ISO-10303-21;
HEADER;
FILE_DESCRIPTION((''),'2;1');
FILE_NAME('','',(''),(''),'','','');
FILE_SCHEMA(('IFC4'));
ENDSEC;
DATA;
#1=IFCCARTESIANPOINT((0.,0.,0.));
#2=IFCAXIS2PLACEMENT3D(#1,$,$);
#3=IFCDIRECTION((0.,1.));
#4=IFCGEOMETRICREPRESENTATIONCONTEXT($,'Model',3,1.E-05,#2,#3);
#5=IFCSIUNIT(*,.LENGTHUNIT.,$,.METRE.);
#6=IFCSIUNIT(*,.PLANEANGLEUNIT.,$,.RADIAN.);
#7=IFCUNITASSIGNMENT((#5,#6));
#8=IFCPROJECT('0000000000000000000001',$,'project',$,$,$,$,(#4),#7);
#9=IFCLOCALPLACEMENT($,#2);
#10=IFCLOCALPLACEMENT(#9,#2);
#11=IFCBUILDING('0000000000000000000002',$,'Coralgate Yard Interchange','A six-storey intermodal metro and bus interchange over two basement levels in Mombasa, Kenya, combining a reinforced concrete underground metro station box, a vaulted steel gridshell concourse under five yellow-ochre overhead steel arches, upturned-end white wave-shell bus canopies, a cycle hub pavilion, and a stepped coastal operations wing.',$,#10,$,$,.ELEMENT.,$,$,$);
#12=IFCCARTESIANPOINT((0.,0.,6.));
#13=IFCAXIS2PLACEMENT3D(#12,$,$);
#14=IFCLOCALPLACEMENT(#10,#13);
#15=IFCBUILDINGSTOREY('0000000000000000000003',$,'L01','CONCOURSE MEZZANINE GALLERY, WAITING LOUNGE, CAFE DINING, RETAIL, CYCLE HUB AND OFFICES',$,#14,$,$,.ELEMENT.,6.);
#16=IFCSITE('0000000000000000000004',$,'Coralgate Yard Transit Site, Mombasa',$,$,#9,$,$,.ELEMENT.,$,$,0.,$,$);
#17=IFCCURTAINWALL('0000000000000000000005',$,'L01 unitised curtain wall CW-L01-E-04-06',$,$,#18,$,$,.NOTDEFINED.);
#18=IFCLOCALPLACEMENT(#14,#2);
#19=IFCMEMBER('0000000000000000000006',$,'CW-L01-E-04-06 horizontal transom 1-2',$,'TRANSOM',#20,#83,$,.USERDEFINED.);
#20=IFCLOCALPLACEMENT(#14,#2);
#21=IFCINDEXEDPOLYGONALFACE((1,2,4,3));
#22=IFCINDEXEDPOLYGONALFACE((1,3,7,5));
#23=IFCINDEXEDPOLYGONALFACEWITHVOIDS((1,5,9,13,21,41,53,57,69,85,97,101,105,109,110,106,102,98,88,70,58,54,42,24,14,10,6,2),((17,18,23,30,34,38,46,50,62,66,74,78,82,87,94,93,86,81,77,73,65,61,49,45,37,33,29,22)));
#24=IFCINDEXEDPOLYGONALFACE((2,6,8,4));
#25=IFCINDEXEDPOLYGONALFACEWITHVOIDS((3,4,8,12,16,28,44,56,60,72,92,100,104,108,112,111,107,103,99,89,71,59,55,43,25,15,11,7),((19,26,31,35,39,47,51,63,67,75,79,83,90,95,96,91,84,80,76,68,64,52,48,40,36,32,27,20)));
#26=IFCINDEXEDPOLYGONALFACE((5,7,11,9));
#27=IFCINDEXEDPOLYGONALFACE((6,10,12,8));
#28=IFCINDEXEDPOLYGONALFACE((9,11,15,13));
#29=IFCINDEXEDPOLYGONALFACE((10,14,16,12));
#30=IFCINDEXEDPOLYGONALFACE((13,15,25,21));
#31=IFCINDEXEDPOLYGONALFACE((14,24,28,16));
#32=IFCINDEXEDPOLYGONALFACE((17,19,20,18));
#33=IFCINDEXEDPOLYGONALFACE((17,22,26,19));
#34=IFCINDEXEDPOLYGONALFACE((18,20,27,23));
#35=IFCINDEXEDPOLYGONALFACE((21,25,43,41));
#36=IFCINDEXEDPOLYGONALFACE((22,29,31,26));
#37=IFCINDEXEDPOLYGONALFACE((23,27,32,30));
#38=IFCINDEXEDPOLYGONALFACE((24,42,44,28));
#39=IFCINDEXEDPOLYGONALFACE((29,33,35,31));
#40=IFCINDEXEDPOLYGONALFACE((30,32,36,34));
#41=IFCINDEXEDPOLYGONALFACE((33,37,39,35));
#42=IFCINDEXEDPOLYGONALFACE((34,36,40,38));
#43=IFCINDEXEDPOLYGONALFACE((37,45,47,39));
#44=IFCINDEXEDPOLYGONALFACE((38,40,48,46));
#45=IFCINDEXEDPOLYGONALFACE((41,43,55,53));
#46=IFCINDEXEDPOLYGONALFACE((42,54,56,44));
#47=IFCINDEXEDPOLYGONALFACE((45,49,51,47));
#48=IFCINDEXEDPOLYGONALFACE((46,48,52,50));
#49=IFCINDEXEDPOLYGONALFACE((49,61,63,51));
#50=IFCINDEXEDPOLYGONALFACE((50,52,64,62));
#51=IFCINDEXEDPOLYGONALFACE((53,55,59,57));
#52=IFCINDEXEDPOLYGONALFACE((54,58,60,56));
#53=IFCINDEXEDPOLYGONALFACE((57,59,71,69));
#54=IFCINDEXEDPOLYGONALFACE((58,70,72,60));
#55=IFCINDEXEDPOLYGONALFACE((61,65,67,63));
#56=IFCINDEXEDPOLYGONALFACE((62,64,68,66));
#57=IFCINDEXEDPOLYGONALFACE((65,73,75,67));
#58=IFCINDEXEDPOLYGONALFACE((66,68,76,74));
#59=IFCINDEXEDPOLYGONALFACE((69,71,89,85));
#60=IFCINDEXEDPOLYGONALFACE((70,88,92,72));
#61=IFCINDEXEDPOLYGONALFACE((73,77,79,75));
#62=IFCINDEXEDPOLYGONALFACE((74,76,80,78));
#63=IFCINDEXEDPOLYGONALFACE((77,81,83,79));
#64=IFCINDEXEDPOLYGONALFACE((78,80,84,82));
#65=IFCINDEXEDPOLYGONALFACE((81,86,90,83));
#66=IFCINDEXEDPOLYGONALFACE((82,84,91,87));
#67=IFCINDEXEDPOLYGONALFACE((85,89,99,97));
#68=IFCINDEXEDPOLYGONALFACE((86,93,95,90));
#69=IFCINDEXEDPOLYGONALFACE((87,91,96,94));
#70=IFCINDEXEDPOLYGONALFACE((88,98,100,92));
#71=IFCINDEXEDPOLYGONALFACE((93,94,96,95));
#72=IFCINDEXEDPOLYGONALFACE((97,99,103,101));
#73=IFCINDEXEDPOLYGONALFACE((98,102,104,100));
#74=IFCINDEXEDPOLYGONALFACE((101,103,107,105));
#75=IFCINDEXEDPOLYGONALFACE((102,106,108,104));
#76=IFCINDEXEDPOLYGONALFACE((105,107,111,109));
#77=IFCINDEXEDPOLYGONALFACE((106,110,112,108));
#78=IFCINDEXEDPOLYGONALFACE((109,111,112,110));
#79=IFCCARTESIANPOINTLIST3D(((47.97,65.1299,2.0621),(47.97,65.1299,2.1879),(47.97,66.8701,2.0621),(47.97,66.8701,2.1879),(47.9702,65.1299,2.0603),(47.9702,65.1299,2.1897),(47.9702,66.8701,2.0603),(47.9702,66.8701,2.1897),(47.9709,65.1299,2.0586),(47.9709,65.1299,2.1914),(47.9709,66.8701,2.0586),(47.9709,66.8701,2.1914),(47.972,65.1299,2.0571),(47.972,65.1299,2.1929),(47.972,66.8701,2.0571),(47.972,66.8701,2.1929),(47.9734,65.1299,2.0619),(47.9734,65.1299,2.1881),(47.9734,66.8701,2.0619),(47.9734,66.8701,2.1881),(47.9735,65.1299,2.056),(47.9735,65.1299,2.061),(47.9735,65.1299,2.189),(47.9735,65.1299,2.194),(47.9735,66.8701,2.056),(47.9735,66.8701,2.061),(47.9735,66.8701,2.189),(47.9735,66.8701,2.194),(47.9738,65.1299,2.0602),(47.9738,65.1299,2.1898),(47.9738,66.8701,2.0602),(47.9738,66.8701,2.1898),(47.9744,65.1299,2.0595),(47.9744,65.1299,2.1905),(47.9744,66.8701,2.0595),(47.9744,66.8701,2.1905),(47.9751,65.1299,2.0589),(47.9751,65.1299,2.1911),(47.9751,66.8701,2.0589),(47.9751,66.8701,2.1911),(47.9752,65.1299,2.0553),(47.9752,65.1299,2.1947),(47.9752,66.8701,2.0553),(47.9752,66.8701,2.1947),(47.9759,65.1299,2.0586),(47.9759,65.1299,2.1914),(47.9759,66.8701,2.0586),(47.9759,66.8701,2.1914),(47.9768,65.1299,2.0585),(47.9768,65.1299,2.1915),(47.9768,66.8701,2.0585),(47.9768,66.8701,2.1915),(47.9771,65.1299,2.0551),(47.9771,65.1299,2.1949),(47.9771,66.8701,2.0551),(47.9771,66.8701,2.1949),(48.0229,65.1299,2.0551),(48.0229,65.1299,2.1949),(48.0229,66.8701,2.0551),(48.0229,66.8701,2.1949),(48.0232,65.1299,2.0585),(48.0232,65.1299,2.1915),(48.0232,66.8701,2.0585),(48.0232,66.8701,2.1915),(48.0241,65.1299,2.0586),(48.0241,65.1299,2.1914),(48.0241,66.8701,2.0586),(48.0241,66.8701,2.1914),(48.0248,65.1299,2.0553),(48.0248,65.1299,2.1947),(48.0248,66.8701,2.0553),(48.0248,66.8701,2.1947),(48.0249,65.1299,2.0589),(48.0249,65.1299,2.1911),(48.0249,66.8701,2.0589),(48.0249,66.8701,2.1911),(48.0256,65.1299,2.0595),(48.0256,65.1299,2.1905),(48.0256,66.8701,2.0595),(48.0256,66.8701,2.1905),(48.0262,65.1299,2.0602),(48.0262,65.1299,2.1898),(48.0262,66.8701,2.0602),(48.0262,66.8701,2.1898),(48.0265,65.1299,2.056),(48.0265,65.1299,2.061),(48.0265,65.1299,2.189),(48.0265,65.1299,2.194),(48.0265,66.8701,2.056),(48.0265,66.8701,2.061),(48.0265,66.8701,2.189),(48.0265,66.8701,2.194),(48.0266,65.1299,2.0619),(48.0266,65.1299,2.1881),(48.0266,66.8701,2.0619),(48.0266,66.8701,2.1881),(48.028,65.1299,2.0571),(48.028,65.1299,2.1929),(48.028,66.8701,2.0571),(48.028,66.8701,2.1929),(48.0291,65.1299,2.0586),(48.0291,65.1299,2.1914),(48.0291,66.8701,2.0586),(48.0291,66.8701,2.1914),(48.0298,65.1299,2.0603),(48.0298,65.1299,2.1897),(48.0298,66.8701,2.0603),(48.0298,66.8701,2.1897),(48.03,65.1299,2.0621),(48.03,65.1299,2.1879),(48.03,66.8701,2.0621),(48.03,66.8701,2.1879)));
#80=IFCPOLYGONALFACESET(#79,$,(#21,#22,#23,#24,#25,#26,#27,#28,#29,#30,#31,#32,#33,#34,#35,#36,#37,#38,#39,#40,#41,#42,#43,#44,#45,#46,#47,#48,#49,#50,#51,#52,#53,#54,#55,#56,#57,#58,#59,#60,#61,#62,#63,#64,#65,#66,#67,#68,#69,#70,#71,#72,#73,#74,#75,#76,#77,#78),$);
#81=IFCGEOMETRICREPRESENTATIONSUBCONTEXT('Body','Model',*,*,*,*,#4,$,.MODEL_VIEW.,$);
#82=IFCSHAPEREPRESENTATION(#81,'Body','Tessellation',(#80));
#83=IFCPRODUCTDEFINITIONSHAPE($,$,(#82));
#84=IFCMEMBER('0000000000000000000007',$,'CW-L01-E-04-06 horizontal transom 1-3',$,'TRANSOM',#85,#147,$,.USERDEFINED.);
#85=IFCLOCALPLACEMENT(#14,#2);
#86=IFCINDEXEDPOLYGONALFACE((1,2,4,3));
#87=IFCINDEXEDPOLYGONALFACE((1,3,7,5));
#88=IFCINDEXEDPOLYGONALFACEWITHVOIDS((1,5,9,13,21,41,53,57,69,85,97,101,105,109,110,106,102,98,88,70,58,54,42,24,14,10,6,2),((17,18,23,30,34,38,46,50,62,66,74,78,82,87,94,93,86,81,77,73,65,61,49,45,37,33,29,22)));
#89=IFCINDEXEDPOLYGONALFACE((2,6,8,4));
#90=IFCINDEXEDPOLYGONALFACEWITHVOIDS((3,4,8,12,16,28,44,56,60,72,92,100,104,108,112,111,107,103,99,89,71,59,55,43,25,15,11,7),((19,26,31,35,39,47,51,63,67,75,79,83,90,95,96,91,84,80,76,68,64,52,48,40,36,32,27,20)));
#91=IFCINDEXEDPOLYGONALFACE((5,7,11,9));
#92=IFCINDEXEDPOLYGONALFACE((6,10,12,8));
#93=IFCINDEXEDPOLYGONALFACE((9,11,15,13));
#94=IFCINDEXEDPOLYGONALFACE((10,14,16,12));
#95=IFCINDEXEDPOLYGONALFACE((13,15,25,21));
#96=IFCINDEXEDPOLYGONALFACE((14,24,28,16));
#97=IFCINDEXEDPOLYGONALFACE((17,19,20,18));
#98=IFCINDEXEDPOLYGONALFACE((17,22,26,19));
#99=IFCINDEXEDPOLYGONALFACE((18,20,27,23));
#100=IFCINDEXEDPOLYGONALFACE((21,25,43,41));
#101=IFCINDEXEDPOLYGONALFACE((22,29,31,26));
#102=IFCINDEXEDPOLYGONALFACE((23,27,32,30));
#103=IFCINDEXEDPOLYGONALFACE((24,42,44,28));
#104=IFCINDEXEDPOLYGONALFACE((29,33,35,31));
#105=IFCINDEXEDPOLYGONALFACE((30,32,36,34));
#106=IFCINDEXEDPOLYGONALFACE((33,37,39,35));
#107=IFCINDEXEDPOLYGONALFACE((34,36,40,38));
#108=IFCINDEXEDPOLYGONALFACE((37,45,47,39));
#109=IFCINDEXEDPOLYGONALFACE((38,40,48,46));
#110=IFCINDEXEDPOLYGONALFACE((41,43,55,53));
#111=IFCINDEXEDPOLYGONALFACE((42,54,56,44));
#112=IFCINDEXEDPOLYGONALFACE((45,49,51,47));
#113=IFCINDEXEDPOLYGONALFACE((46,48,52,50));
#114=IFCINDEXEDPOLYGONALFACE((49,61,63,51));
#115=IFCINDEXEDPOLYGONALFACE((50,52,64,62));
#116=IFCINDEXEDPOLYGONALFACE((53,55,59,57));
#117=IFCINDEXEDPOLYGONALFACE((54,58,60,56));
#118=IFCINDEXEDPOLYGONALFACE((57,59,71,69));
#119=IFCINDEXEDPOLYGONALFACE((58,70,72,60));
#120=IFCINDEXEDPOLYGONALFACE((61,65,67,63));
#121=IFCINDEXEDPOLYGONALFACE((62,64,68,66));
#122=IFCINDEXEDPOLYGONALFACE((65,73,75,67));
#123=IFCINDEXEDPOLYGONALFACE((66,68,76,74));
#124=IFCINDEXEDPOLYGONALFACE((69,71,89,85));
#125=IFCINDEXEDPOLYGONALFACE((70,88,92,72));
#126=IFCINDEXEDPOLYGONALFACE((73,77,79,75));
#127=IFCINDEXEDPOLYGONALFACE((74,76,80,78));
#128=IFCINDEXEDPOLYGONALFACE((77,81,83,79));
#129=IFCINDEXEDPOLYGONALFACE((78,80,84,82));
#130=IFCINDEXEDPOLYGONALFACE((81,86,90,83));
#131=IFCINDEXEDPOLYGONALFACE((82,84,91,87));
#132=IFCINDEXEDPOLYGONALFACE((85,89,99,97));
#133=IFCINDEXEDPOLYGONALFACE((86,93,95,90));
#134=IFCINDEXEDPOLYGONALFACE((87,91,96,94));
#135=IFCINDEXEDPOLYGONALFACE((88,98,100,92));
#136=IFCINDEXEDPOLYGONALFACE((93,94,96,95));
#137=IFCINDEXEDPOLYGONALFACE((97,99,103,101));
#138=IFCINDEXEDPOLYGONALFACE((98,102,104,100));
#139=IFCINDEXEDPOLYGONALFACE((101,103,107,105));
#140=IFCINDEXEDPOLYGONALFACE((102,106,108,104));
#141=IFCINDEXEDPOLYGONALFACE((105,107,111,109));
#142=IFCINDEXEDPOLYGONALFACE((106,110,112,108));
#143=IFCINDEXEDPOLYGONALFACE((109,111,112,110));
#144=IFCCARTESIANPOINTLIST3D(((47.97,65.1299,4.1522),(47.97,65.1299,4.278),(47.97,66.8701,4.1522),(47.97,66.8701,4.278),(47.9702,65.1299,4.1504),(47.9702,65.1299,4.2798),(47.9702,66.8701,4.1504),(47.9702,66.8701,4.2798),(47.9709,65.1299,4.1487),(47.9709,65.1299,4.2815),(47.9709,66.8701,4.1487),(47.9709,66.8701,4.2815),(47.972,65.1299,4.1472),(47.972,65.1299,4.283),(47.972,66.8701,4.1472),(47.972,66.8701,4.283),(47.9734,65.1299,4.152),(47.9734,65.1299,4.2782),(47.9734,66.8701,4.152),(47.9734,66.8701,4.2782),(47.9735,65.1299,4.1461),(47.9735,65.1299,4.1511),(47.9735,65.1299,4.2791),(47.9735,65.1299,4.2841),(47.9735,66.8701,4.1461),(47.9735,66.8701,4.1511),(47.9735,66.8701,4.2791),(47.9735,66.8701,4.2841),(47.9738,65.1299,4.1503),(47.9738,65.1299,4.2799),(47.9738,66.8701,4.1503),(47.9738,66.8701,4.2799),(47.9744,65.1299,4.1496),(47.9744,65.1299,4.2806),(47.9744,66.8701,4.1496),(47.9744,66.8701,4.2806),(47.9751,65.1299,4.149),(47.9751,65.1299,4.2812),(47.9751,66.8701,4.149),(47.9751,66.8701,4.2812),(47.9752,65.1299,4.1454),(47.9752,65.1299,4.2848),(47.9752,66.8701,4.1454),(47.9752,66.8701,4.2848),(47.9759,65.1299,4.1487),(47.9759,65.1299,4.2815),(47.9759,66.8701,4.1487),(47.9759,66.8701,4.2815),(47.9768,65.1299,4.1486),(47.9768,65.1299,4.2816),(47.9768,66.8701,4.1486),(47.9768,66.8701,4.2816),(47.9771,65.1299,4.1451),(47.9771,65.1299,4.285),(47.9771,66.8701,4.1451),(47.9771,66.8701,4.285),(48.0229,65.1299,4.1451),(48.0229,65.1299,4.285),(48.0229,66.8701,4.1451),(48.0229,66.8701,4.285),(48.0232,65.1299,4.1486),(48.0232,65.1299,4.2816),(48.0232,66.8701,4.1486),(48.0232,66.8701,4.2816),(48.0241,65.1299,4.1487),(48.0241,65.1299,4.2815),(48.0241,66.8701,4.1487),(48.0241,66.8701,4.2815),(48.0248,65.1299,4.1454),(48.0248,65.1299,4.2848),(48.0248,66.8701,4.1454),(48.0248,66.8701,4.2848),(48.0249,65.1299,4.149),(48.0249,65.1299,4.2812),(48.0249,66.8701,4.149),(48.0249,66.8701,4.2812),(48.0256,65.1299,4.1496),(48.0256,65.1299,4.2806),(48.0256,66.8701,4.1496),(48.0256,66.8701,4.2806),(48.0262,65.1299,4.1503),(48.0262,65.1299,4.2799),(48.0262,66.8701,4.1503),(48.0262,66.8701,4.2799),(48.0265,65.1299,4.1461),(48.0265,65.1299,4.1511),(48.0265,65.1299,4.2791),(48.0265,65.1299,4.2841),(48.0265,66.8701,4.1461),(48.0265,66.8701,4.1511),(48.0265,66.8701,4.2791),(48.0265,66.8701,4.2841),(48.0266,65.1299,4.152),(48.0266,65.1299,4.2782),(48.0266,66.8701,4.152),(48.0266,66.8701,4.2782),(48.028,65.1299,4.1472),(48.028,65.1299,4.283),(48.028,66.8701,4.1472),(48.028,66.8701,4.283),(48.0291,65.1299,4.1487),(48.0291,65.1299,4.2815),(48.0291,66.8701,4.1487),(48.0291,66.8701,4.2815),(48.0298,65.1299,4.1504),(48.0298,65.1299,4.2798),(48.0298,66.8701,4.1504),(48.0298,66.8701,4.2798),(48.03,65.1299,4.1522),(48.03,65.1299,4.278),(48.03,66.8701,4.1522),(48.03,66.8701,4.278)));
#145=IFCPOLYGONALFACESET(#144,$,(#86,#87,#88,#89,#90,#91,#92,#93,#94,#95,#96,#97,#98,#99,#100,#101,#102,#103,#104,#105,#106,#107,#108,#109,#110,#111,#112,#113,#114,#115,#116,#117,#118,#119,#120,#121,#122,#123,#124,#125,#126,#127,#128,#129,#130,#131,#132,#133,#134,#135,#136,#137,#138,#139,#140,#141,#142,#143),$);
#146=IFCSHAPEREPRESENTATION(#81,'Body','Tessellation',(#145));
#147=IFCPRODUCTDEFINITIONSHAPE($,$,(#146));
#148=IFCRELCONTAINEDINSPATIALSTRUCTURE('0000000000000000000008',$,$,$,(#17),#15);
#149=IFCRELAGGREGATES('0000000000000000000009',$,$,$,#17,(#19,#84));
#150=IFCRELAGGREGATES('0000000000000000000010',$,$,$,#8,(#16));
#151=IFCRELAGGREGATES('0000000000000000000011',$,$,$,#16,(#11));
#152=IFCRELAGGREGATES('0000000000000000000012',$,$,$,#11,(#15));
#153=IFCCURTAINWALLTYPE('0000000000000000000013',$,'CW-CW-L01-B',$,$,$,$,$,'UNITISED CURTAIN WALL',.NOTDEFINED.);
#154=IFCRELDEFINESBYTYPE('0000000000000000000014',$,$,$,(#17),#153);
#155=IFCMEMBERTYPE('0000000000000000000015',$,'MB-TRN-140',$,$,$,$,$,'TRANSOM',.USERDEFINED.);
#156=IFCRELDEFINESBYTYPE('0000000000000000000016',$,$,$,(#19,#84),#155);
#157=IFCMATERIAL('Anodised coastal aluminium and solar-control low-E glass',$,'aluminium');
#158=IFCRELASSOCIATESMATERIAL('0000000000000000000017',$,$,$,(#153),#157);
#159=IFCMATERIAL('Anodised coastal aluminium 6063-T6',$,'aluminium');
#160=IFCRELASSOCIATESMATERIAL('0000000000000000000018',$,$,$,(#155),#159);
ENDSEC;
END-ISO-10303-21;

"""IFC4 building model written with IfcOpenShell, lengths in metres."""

from ifc_helpers import new_model, si_unit, direction, frame, origin, origin_2d, place, context, subcontext, project, spatial, hollow_rectangle, extrude, material, material_profile, profile_set, type_object, element, aggregate, save


model = new_model("IFC4")

# Units and contexts
model_context = context("Model", 3, precision=1e-05, world=origin(), true_north=direction((0.0, 1.0)))
body_context = subcontext(model_context, "Body", "Model", "MODEL_VIEW")
ifc_project = project(units=[si_unit("LENGTHUNIT", "METRE"), si_unit("PLANEANGLEUNIT", "RADIAN")], contexts=[model_context])

# Site, building, storey
site_placement = place(None, origin())
site = spatial("IfcSite", under=ifc_project, at=site_placement, Name="Coralgate Yard Transit Site, Mombasa", CompositionType="ELEMENT", RefElevation=0.0)
building_placement = place(site_placement, origin())
building = spatial("IfcBuilding", under=site, at=building_placement, Name="Coralgate Yard Interchange", Description="A six-storey intermodal metro and bus interchange over two basement levels in Mombasa, Kenya, combining a reinforced concrete underground metro station box, a vaulted steel gridshell concourse under five yellow-ochre overhead steel arches, upturned-end white wave-shell bus canopies, a cycle hub pavilion, and a stepped coastal operations wing.", CompositionType="ELEMENT")
storey_placement = place(building_placement, frame((0.0, 0.0, 6.0)))
storey = spatial("IfcBuildingStorey", under=building, at=storey_placement, Name="L01", Description="CONCOURSE MEZZANINE GALLERY, WAITING LOUNGE, CAFE DINING, RETAIL, CYCLE HUB AND OFFICES", CompositionType="ELEMENT", Elevation=6.0)

# Curtain wall
ifc_material_1 = material(Name="Anodised coastal aluminium and solar-control low-E glass", Category="aluminium")
curtain_wall_type_1 = type_object("IfcCurtainWallType", Name="CW-CW-L01-B", ElementType="UNITISED CURTAIN WALL", PredefinedType="NOTDEFINED", material=ifc_material_1)
curtain_wall_1_placement = place(storey_placement, origin())
curtain_wall_1 = element("IfcCurtainWall", 1, at=curtain_wall_1_placement, inside=storey, type_object=curtain_wall_type_1, Name="L01 unitised curtain wall CW-L01-E-04-06", PredefinedType="NOTDEFINED")
ifc_material_2 = material(Name="Anodised coastal aluminium 6063-T6", Category="aluminium")

# Members
ifc_material_profile_1 = material_profile(ifc_material_2, hollow_rectangle(XDim=0.0601, YDim=0.1399, WallThickness=0.0034, InnerFilletRadius=0.0034, OuterFilletRadius=0.0071, at=origin_2d()), Name="ALU 60x140x3.5")
ifc_profile_set_1 = profile_set([ifc_material_profile_1], Name="Anodised coastal aluminium 6063-T6")
member_type_1 = type_object("IfcMemberType", Name="MB-TRN-140", ElementType="TRANSOM", PredefinedType="USERDEFINED", material=ifc_profile_set_1)
member_1_placement = place(storey_placement, frame((48.0, 66.8701, 2.125), z_axis=(0.0, -1.0, 0.0), x_axis=(1.0, 0.0, 0.0)))
member_1 = element("IfcMember", 2, at=member_1_placement, type_object=member_type_1, Name="CW-L01-E-04-06 horizontal transom 1-2", ObjectType="TRANSOM", PredefinedType="USERDEFINED", context=body_context, shape_type="SweptSolid", body=[
    extrude(hollow_rectangle(XDim=0.0601, YDim=0.1399, WallThickness=0.0034, InnerFilletRadius=0.0034, OuterFilletRadius=0.0071, at=origin_2d()), origin(), (0.0, 0.0, 1.0), 1.7402),
])
member_2_placement = place(storey_placement, frame((48.0, 66.8701, 4.2151), z_axis=(0.0, -1.0, 0.0), x_axis=(1.0, 0.0, 0.0)))
member_2 = element("IfcMember", 3, at=member_2_placement, type_object=member_type_1, Name="CW-L01-E-04-06 horizontal transom 1-3", ObjectType="TRANSOM", PredefinedType="USERDEFINED", context=body_context, shape_type="SweptSolid", body=[
    extrude(hollow_rectangle(XDim=0.0601, YDim=0.1399, WallThickness=0.0034, InnerFilletRadius=0.0034, OuterFilletRadius=0.0071, at=origin_2d()), origin(), (0.0, 0.0, 1.0), 1.7402),
])

aggregate(curtain_wall_1, [member_1, member_2])

save(model, "model.ifc")
